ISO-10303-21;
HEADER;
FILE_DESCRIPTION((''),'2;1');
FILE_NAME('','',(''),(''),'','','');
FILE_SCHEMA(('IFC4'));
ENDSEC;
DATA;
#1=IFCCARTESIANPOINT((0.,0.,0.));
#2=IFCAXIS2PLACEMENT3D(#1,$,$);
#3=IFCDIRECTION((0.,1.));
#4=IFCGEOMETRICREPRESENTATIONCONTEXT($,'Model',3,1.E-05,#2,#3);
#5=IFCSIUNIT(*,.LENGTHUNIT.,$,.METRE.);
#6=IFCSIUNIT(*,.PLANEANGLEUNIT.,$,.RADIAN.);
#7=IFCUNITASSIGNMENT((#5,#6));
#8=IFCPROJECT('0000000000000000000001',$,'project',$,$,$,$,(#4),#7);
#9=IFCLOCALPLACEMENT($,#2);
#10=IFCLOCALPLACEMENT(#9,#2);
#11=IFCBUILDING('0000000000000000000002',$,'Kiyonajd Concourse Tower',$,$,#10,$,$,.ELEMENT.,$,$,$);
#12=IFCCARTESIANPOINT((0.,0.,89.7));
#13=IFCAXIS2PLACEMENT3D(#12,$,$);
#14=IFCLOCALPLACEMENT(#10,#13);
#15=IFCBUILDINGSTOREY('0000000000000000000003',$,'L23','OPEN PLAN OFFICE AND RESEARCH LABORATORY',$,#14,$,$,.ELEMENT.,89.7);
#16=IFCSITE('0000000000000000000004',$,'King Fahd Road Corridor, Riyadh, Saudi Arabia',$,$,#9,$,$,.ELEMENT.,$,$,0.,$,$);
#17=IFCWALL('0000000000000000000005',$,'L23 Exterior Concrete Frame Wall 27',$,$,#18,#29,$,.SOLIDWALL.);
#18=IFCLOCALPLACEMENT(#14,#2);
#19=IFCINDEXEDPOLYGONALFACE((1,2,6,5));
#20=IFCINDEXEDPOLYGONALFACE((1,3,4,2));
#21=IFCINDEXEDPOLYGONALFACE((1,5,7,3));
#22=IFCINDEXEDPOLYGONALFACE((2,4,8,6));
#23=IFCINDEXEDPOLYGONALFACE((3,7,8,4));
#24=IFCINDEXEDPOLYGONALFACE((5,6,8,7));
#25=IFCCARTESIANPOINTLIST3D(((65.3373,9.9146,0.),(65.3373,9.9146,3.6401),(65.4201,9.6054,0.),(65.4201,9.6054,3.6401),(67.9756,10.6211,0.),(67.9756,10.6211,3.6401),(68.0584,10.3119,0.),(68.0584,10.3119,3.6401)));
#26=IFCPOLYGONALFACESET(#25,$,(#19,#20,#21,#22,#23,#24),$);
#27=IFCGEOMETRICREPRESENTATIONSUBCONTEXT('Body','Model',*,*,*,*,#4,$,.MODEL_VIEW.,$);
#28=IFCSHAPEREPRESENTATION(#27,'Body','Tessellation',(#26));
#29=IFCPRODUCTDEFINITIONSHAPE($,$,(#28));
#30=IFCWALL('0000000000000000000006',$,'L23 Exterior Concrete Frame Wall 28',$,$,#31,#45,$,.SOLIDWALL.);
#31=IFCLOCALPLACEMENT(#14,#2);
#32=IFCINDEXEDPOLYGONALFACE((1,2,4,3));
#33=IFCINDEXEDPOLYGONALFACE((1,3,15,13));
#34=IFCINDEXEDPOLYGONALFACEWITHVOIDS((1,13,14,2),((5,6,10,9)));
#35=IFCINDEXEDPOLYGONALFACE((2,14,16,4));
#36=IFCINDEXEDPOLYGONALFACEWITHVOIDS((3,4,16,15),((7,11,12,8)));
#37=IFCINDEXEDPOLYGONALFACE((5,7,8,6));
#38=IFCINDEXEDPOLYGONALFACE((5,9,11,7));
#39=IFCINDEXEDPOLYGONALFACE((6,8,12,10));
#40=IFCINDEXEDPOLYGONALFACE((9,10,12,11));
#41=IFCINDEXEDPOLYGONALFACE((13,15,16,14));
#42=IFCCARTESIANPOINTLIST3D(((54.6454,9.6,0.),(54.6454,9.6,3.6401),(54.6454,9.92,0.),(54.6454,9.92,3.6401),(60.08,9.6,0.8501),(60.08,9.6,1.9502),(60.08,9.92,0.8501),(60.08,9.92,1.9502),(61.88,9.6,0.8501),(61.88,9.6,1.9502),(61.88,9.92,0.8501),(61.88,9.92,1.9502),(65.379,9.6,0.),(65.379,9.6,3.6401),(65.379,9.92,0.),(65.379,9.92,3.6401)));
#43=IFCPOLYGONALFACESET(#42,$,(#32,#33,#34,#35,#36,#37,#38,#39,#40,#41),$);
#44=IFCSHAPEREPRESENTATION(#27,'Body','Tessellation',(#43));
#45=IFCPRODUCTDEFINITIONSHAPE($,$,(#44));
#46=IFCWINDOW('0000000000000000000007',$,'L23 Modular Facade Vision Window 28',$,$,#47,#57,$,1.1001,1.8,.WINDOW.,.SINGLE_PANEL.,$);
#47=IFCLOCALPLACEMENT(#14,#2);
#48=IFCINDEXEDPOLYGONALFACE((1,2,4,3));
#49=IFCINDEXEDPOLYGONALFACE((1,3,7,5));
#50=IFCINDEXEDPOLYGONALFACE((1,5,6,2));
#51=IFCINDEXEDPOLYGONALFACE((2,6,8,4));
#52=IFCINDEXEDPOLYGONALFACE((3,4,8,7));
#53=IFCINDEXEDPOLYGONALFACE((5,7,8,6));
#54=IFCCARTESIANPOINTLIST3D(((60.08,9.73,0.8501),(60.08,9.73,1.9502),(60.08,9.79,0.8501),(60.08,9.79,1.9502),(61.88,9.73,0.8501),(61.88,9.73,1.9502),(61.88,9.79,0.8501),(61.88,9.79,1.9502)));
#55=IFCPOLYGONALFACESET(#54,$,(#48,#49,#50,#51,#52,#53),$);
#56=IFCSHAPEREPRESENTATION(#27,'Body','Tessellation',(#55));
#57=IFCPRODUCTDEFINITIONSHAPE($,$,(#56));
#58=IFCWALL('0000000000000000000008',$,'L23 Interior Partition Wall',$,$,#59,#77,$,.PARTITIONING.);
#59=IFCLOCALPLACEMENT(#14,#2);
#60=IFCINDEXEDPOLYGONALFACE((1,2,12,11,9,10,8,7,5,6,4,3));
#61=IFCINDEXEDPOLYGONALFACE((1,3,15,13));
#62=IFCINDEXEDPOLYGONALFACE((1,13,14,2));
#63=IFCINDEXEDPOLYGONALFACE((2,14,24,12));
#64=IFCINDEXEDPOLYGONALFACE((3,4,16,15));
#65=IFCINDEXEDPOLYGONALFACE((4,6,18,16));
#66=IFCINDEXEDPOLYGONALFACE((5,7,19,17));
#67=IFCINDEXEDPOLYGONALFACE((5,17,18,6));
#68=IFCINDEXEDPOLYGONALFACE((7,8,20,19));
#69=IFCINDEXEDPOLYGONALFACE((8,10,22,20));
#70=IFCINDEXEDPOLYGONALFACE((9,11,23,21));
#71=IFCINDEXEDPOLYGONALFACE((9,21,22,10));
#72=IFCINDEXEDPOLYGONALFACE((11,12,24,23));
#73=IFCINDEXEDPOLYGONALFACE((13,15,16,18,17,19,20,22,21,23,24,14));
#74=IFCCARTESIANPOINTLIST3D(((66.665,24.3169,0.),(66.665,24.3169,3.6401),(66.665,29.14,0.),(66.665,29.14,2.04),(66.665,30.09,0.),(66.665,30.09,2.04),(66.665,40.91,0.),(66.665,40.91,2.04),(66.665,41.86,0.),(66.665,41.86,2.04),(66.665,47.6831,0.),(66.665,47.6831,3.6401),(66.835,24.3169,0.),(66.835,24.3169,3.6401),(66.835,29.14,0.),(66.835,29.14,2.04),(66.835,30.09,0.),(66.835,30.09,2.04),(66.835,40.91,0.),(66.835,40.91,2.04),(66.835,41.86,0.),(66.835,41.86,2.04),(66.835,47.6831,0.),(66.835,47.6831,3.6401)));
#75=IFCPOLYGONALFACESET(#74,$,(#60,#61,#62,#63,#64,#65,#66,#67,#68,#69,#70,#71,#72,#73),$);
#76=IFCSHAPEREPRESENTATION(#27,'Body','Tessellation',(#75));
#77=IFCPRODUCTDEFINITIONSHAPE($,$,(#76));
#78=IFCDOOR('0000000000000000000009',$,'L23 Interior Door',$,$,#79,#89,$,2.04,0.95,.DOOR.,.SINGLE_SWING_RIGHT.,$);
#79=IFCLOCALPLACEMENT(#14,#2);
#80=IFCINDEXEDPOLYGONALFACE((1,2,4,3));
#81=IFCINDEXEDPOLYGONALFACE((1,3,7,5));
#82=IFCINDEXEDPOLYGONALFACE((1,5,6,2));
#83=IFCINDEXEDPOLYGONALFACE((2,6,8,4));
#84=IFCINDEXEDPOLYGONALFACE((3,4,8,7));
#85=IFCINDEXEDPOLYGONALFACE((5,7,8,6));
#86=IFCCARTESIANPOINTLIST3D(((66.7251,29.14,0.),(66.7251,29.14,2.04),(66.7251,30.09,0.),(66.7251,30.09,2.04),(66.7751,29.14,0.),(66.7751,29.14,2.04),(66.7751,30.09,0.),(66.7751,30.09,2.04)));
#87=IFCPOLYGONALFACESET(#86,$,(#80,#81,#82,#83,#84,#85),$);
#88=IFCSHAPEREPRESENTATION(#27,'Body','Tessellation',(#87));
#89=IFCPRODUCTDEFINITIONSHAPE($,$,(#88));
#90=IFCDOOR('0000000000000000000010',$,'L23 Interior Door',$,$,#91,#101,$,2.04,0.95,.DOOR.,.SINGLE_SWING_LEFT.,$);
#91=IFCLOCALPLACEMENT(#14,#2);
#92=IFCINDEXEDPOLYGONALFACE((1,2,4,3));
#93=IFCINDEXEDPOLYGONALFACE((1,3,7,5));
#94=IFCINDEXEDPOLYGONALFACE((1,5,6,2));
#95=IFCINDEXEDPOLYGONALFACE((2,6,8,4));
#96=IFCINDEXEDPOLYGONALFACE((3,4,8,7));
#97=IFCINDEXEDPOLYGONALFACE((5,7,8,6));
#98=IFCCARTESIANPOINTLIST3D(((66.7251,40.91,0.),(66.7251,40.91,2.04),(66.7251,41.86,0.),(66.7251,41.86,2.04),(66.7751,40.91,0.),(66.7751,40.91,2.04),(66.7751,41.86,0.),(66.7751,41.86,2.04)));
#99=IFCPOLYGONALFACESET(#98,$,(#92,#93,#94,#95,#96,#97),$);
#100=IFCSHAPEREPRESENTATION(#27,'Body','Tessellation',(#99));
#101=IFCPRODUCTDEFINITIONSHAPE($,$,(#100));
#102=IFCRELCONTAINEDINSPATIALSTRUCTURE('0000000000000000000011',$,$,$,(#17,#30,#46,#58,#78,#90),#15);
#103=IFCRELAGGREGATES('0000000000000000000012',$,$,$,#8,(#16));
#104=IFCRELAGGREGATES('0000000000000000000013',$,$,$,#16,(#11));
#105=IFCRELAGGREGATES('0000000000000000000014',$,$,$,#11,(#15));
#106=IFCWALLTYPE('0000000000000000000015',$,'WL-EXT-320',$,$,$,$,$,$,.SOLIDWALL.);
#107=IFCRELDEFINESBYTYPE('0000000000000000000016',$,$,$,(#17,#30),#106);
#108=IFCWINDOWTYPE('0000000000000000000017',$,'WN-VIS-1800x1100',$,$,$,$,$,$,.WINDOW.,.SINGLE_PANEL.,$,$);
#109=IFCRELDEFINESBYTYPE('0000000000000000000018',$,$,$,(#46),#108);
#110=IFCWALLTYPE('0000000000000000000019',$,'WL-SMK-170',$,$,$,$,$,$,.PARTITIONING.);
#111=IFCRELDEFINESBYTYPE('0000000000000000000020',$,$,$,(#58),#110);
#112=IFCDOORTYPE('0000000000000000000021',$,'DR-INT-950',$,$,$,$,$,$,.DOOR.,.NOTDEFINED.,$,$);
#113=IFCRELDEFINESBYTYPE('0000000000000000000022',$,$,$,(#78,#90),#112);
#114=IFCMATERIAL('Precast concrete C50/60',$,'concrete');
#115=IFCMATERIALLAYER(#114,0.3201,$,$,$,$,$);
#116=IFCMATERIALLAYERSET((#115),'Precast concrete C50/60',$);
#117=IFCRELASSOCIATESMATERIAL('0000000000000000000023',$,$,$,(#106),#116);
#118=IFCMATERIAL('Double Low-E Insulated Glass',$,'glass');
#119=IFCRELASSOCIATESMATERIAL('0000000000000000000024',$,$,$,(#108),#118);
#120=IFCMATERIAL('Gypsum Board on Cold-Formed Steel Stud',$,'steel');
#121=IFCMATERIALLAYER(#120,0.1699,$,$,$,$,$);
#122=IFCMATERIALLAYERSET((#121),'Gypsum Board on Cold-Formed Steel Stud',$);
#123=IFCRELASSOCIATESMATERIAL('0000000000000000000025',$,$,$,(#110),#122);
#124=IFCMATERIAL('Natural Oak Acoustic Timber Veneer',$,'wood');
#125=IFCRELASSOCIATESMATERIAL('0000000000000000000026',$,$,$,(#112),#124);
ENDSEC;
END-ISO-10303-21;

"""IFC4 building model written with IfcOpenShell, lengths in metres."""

from ifc_helpers import new_model, si_unit, direction, frame, frame_2d, origin, place, context, subcontext, project, spatial, rectangle, extrude, material, layer, layer_set, type_object, element, fill, save


model = new_model("IFC4")

# Units and contexts
model_context = context("Model", 3, precision=1e-05, world=origin(), true_north=direction((0.0, 1.0)))
body_context = subcontext(model_context, "Body", "Model", "MODEL_VIEW")
ifc_project = project(units=[si_unit("LENGTHUNIT", "METRE"), si_unit("PLANEANGLEUNIT", "RADIAN")], contexts=[model_context])

# Site, building, storey
site_placement = place(None, origin())
site = spatial("IfcSite", under=ifc_project, at=site_placement, Name="King Fahd Road Corridor, Riyadh, Saudi Arabia", CompositionType="ELEMENT", RefElevation=0.0)
building_placement = place(site_placement, origin())
building = spatial("IfcBuilding", under=site, at=building_placement, Name="Kiyonajd Concourse Tower", CompositionType="ELEMENT")
storey_placement = place(building_placement, frame((0.0, 0.0, 89.7)))
storey = spatial("IfcBuildingStorey", under=building, at=storey_placement, Name="L23", Description="OPEN PLAN OFFICE AND RESEARCH LABORATORY", CompositionType="ELEMENT", Elevation=89.7)

# Shared definitions
ifc_material_1 = material(Name="Precast concrete C50/60", Category="concrete")

# Shared definitions
ifc_material_2 = material(Name="Double Low-E Insulated Glass", Category="glass")

# Wall
ifc_layer_1 = layer(ifc_material_1, 0.3201)
ifc_layer_set_1 = layer_set([ifc_layer_1], Name="Precast concrete C50/60")
wall_type_1 = type_object("IfcWallType", Name="WL-EXT-320", PredefinedType="SOLIDWALL", material=ifc_layer_set_1)
wall_1_placement = place(storey_placement, frame((68.0171, 10.4666, 0.0), z_axis=(0.0, 0.0, 1.0), x_axis=(-0.965958, -0.258697, 0.0)))
element("IfcWall", 1, at=wall_1_placement, inside=storey, type_object=wall_type_1, Name="L23 Exterior Concrete Frame Wall 27", PredefinedType="SOLIDWALL", context=body_context, shape_type="SweptSolid", body=[
    extrude(rectangle(XDim=2.7312, YDim=0.3201, at=frame_2d((1.3657, 0.0))), origin(), (0.0, 0.0, 1.0), 3.6401),
])

# Wall, opening, window
wall_2_placement = place(storey_placement, frame((65.3789, 9.76, 0.0), z_axis=(0.0, 0.0, 1.0), x_axis=(-1.0, 0.0, 0.0)))
wall_2 = element("IfcWall", 2, at=wall_2_placement, inside=storey, type_object=wall_type_1, Name="L23 Exterior Concrete Frame Wall 28", PredefinedType="SOLIDWALL", context=body_context, shape_type="SweptSolid", body=[
    extrude(rectangle(XDim=10.7336, YDim=0.3201, at=frame_2d((5.3667, 0.0))), origin(), (0.0, 0.0, 1.0), 3.6401),
])
opening_1_placement = place(wall_2_placement, frame((3.499, 0.0, 0.8501)))
opening_1 = element("IfcOpeningElement", 3, at=opening_1_placement, cuts=wall_2, PredefinedType="OPENING", context=body_context, shape_type="SweptSolid", body=[
    extrude(rectangle(XDim=1.8, YDim=1.1001, at=frame_2d((0.8999, 0.55))), frame((0.0, 0.1699, 0.0), z_axis=(0.0, -1.0, 0.0), x_axis=(1.0, 0.0, 0.0)), (0.0, 0.0, 1.0), 0.3401),
])
window_type = type_object("IfcWindowType", Name="WN-VIS-1800x1100", PartitioningType="SINGLE_PANEL", PredefinedType="WINDOW", material=ifc_material_2)
window_placement = place(opening_1_placement, origin())
window = element("IfcWindow", 4, at=window_placement, inside=storey, type_object=window_type, Name="L23 Modular Facade Vision Window 28", OverallHeight=1.1001, OverallWidth=1.8, PartitioningType="SINGLE_PANEL", PredefinedType="WINDOW", context=body_context, shape_type="SweptSolid", body=[
    extrude(rectangle(XDim=1.8, YDim=1.1001, at=frame_2d((0.8999, 0.55))), frame((0.0, 0.03, 0.0), z_axis=(0.0, -1.0, 0.0), x_axis=(1.0, 0.0, 0.0)), (0.0, 0.0, 1.0), 0.0601),
])
fill(opening_1, window)

# Wall, openings, doors
ifc_material_3 = material(Name="Gypsum Board on Cold-Formed Steel Stud", Category="steel")
ifc_layer_2 = layer(ifc_material_3, 0.1699)
ifc_layer_set_2 = layer_set([ifc_layer_2], Name="Gypsum Board on Cold-Formed Steel Stud")
wall_type_2 = type_object("IfcWallType", Name="WL-SMK-170", PredefinedType="PARTITIONING", material=ifc_layer_set_2)
wall_3_placement = place(storey_placement, frame((66.75, 24.3169, 0.0), z_axis=(0.0, 0.0, 1.0), x_axis=(0.0, 1.0, 0.0)))
wall_3 = element("IfcWall", 5, at=wall_3_placement, inside=storey, type_object=wall_type_2, Name="L23 Interior Partition Wall", PredefinedType="PARTITIONING", context=body_context, shape_type="SweptSolid", body=[
    extrude(rectangle(XDim=23.3662, YDim=0.1699, at=frame_2d((11.6831, 0.0))), origin(), (0.0, 0.0, 1.0), 3.6401),
])
opening_2_placement = place(wall_3_placement, frame((4.823, 0.0, 0.0)))
opening_2 = element("IfcOpeningElement", 6, at=opening_2_placement, cuts=wall_3, PredefinedType="OPENING", context=body_context, shape_type="SweptSolid", body=[
    extrude(rectangle(XDim=0.95, YDim=2.04, at=frame_2d((0.4751, 1.02))), frame((0.0, 0.095, 0.0), z_axis=(0.0, -1.0, 0.0), x_axis=(1.0, 0.0, 0.0)), (0.0, 0.0, 1.0), 0.1899),
])
opening_3_placement = place(wall_3_placement, frame((16.593, 0.0, 0.0)))
opening_3 = element("IfcOpeningElement", 7, at=opening_3_placement, cuts=wall_3, PredefinedType="OPENING", context=body_context, shape_type="SweptSolid", body=[
    extrude(rectangle(XDim=0.95, YDim=2.04, at=frame_2d((0.4751, 1.02))), frame((0.0, 0.095, 0.0), z_axis=(0.0, -1.0, 0.0), x_axis=(1.0, 0.0, 0.0)), (0.0, 0.0, 1.0), 0.1899),
])
ifc_material_4 = material(Name="Natural Oak Acoustic Timber Veneer", Category="wood")
door_type = type_object("IfcDoorType", Name="DR-INT-950", OperationType="NOTDEFINED", PredefinedType="DOOR", material=ifc_material_4)
door_1_placement = place(opening_2_placement, origin())
door_1 = element("IfcDoor", 8, at=door_1_placement, inside=storey, type_object=door_type, Name="L23 Interior Door", OperationType="SINGLE_SWING_RIGHT", OverallHeight=2.04, OverallWidth=0.95, PredefinedType="DOOR", context=body_context, shape_type="SweptSolid", body=[
    extrude(rectangle(XDim=0.95, YDim=2.04, at=frame_2d((0.4751, 1.02))), frame((0.0, 0.0249, 0.0), z_axis=(0.0, -1.0, 0.0), x_axis=(1.0, 0.0, 0.0)), (0.0, 0.0, 1.0), 0.05),
])
fill(opening_2, door_1)
door_2_placement = place(opening_3_placement, origin())
door_2 = element("IfcDoor", 9, at=door_2_placement, inside=storey, type_object=door_type, Name="L23 Interior Door", OperationType="SINGLE_SWING_LEFT", OverallHeight=2.04, OverallWidth=0.95, PredefinedType="DOOR", context=body_context, shape_type="SweptSolid", body=[
    extrude(rectangle(XDim=0.95, YDim=2.04, at=frame_2d((0.4751, 1.02))), frame((0.0, 0.0249, 0.0), z_axis=(0.0, -1.0, 0.0), x_axis=(1.0, 0.0, 0.0)), (0.0, 0.0, 1.0), 0.05),
])
fill(opening_3, door_2)

save(model, "model.ifc")
